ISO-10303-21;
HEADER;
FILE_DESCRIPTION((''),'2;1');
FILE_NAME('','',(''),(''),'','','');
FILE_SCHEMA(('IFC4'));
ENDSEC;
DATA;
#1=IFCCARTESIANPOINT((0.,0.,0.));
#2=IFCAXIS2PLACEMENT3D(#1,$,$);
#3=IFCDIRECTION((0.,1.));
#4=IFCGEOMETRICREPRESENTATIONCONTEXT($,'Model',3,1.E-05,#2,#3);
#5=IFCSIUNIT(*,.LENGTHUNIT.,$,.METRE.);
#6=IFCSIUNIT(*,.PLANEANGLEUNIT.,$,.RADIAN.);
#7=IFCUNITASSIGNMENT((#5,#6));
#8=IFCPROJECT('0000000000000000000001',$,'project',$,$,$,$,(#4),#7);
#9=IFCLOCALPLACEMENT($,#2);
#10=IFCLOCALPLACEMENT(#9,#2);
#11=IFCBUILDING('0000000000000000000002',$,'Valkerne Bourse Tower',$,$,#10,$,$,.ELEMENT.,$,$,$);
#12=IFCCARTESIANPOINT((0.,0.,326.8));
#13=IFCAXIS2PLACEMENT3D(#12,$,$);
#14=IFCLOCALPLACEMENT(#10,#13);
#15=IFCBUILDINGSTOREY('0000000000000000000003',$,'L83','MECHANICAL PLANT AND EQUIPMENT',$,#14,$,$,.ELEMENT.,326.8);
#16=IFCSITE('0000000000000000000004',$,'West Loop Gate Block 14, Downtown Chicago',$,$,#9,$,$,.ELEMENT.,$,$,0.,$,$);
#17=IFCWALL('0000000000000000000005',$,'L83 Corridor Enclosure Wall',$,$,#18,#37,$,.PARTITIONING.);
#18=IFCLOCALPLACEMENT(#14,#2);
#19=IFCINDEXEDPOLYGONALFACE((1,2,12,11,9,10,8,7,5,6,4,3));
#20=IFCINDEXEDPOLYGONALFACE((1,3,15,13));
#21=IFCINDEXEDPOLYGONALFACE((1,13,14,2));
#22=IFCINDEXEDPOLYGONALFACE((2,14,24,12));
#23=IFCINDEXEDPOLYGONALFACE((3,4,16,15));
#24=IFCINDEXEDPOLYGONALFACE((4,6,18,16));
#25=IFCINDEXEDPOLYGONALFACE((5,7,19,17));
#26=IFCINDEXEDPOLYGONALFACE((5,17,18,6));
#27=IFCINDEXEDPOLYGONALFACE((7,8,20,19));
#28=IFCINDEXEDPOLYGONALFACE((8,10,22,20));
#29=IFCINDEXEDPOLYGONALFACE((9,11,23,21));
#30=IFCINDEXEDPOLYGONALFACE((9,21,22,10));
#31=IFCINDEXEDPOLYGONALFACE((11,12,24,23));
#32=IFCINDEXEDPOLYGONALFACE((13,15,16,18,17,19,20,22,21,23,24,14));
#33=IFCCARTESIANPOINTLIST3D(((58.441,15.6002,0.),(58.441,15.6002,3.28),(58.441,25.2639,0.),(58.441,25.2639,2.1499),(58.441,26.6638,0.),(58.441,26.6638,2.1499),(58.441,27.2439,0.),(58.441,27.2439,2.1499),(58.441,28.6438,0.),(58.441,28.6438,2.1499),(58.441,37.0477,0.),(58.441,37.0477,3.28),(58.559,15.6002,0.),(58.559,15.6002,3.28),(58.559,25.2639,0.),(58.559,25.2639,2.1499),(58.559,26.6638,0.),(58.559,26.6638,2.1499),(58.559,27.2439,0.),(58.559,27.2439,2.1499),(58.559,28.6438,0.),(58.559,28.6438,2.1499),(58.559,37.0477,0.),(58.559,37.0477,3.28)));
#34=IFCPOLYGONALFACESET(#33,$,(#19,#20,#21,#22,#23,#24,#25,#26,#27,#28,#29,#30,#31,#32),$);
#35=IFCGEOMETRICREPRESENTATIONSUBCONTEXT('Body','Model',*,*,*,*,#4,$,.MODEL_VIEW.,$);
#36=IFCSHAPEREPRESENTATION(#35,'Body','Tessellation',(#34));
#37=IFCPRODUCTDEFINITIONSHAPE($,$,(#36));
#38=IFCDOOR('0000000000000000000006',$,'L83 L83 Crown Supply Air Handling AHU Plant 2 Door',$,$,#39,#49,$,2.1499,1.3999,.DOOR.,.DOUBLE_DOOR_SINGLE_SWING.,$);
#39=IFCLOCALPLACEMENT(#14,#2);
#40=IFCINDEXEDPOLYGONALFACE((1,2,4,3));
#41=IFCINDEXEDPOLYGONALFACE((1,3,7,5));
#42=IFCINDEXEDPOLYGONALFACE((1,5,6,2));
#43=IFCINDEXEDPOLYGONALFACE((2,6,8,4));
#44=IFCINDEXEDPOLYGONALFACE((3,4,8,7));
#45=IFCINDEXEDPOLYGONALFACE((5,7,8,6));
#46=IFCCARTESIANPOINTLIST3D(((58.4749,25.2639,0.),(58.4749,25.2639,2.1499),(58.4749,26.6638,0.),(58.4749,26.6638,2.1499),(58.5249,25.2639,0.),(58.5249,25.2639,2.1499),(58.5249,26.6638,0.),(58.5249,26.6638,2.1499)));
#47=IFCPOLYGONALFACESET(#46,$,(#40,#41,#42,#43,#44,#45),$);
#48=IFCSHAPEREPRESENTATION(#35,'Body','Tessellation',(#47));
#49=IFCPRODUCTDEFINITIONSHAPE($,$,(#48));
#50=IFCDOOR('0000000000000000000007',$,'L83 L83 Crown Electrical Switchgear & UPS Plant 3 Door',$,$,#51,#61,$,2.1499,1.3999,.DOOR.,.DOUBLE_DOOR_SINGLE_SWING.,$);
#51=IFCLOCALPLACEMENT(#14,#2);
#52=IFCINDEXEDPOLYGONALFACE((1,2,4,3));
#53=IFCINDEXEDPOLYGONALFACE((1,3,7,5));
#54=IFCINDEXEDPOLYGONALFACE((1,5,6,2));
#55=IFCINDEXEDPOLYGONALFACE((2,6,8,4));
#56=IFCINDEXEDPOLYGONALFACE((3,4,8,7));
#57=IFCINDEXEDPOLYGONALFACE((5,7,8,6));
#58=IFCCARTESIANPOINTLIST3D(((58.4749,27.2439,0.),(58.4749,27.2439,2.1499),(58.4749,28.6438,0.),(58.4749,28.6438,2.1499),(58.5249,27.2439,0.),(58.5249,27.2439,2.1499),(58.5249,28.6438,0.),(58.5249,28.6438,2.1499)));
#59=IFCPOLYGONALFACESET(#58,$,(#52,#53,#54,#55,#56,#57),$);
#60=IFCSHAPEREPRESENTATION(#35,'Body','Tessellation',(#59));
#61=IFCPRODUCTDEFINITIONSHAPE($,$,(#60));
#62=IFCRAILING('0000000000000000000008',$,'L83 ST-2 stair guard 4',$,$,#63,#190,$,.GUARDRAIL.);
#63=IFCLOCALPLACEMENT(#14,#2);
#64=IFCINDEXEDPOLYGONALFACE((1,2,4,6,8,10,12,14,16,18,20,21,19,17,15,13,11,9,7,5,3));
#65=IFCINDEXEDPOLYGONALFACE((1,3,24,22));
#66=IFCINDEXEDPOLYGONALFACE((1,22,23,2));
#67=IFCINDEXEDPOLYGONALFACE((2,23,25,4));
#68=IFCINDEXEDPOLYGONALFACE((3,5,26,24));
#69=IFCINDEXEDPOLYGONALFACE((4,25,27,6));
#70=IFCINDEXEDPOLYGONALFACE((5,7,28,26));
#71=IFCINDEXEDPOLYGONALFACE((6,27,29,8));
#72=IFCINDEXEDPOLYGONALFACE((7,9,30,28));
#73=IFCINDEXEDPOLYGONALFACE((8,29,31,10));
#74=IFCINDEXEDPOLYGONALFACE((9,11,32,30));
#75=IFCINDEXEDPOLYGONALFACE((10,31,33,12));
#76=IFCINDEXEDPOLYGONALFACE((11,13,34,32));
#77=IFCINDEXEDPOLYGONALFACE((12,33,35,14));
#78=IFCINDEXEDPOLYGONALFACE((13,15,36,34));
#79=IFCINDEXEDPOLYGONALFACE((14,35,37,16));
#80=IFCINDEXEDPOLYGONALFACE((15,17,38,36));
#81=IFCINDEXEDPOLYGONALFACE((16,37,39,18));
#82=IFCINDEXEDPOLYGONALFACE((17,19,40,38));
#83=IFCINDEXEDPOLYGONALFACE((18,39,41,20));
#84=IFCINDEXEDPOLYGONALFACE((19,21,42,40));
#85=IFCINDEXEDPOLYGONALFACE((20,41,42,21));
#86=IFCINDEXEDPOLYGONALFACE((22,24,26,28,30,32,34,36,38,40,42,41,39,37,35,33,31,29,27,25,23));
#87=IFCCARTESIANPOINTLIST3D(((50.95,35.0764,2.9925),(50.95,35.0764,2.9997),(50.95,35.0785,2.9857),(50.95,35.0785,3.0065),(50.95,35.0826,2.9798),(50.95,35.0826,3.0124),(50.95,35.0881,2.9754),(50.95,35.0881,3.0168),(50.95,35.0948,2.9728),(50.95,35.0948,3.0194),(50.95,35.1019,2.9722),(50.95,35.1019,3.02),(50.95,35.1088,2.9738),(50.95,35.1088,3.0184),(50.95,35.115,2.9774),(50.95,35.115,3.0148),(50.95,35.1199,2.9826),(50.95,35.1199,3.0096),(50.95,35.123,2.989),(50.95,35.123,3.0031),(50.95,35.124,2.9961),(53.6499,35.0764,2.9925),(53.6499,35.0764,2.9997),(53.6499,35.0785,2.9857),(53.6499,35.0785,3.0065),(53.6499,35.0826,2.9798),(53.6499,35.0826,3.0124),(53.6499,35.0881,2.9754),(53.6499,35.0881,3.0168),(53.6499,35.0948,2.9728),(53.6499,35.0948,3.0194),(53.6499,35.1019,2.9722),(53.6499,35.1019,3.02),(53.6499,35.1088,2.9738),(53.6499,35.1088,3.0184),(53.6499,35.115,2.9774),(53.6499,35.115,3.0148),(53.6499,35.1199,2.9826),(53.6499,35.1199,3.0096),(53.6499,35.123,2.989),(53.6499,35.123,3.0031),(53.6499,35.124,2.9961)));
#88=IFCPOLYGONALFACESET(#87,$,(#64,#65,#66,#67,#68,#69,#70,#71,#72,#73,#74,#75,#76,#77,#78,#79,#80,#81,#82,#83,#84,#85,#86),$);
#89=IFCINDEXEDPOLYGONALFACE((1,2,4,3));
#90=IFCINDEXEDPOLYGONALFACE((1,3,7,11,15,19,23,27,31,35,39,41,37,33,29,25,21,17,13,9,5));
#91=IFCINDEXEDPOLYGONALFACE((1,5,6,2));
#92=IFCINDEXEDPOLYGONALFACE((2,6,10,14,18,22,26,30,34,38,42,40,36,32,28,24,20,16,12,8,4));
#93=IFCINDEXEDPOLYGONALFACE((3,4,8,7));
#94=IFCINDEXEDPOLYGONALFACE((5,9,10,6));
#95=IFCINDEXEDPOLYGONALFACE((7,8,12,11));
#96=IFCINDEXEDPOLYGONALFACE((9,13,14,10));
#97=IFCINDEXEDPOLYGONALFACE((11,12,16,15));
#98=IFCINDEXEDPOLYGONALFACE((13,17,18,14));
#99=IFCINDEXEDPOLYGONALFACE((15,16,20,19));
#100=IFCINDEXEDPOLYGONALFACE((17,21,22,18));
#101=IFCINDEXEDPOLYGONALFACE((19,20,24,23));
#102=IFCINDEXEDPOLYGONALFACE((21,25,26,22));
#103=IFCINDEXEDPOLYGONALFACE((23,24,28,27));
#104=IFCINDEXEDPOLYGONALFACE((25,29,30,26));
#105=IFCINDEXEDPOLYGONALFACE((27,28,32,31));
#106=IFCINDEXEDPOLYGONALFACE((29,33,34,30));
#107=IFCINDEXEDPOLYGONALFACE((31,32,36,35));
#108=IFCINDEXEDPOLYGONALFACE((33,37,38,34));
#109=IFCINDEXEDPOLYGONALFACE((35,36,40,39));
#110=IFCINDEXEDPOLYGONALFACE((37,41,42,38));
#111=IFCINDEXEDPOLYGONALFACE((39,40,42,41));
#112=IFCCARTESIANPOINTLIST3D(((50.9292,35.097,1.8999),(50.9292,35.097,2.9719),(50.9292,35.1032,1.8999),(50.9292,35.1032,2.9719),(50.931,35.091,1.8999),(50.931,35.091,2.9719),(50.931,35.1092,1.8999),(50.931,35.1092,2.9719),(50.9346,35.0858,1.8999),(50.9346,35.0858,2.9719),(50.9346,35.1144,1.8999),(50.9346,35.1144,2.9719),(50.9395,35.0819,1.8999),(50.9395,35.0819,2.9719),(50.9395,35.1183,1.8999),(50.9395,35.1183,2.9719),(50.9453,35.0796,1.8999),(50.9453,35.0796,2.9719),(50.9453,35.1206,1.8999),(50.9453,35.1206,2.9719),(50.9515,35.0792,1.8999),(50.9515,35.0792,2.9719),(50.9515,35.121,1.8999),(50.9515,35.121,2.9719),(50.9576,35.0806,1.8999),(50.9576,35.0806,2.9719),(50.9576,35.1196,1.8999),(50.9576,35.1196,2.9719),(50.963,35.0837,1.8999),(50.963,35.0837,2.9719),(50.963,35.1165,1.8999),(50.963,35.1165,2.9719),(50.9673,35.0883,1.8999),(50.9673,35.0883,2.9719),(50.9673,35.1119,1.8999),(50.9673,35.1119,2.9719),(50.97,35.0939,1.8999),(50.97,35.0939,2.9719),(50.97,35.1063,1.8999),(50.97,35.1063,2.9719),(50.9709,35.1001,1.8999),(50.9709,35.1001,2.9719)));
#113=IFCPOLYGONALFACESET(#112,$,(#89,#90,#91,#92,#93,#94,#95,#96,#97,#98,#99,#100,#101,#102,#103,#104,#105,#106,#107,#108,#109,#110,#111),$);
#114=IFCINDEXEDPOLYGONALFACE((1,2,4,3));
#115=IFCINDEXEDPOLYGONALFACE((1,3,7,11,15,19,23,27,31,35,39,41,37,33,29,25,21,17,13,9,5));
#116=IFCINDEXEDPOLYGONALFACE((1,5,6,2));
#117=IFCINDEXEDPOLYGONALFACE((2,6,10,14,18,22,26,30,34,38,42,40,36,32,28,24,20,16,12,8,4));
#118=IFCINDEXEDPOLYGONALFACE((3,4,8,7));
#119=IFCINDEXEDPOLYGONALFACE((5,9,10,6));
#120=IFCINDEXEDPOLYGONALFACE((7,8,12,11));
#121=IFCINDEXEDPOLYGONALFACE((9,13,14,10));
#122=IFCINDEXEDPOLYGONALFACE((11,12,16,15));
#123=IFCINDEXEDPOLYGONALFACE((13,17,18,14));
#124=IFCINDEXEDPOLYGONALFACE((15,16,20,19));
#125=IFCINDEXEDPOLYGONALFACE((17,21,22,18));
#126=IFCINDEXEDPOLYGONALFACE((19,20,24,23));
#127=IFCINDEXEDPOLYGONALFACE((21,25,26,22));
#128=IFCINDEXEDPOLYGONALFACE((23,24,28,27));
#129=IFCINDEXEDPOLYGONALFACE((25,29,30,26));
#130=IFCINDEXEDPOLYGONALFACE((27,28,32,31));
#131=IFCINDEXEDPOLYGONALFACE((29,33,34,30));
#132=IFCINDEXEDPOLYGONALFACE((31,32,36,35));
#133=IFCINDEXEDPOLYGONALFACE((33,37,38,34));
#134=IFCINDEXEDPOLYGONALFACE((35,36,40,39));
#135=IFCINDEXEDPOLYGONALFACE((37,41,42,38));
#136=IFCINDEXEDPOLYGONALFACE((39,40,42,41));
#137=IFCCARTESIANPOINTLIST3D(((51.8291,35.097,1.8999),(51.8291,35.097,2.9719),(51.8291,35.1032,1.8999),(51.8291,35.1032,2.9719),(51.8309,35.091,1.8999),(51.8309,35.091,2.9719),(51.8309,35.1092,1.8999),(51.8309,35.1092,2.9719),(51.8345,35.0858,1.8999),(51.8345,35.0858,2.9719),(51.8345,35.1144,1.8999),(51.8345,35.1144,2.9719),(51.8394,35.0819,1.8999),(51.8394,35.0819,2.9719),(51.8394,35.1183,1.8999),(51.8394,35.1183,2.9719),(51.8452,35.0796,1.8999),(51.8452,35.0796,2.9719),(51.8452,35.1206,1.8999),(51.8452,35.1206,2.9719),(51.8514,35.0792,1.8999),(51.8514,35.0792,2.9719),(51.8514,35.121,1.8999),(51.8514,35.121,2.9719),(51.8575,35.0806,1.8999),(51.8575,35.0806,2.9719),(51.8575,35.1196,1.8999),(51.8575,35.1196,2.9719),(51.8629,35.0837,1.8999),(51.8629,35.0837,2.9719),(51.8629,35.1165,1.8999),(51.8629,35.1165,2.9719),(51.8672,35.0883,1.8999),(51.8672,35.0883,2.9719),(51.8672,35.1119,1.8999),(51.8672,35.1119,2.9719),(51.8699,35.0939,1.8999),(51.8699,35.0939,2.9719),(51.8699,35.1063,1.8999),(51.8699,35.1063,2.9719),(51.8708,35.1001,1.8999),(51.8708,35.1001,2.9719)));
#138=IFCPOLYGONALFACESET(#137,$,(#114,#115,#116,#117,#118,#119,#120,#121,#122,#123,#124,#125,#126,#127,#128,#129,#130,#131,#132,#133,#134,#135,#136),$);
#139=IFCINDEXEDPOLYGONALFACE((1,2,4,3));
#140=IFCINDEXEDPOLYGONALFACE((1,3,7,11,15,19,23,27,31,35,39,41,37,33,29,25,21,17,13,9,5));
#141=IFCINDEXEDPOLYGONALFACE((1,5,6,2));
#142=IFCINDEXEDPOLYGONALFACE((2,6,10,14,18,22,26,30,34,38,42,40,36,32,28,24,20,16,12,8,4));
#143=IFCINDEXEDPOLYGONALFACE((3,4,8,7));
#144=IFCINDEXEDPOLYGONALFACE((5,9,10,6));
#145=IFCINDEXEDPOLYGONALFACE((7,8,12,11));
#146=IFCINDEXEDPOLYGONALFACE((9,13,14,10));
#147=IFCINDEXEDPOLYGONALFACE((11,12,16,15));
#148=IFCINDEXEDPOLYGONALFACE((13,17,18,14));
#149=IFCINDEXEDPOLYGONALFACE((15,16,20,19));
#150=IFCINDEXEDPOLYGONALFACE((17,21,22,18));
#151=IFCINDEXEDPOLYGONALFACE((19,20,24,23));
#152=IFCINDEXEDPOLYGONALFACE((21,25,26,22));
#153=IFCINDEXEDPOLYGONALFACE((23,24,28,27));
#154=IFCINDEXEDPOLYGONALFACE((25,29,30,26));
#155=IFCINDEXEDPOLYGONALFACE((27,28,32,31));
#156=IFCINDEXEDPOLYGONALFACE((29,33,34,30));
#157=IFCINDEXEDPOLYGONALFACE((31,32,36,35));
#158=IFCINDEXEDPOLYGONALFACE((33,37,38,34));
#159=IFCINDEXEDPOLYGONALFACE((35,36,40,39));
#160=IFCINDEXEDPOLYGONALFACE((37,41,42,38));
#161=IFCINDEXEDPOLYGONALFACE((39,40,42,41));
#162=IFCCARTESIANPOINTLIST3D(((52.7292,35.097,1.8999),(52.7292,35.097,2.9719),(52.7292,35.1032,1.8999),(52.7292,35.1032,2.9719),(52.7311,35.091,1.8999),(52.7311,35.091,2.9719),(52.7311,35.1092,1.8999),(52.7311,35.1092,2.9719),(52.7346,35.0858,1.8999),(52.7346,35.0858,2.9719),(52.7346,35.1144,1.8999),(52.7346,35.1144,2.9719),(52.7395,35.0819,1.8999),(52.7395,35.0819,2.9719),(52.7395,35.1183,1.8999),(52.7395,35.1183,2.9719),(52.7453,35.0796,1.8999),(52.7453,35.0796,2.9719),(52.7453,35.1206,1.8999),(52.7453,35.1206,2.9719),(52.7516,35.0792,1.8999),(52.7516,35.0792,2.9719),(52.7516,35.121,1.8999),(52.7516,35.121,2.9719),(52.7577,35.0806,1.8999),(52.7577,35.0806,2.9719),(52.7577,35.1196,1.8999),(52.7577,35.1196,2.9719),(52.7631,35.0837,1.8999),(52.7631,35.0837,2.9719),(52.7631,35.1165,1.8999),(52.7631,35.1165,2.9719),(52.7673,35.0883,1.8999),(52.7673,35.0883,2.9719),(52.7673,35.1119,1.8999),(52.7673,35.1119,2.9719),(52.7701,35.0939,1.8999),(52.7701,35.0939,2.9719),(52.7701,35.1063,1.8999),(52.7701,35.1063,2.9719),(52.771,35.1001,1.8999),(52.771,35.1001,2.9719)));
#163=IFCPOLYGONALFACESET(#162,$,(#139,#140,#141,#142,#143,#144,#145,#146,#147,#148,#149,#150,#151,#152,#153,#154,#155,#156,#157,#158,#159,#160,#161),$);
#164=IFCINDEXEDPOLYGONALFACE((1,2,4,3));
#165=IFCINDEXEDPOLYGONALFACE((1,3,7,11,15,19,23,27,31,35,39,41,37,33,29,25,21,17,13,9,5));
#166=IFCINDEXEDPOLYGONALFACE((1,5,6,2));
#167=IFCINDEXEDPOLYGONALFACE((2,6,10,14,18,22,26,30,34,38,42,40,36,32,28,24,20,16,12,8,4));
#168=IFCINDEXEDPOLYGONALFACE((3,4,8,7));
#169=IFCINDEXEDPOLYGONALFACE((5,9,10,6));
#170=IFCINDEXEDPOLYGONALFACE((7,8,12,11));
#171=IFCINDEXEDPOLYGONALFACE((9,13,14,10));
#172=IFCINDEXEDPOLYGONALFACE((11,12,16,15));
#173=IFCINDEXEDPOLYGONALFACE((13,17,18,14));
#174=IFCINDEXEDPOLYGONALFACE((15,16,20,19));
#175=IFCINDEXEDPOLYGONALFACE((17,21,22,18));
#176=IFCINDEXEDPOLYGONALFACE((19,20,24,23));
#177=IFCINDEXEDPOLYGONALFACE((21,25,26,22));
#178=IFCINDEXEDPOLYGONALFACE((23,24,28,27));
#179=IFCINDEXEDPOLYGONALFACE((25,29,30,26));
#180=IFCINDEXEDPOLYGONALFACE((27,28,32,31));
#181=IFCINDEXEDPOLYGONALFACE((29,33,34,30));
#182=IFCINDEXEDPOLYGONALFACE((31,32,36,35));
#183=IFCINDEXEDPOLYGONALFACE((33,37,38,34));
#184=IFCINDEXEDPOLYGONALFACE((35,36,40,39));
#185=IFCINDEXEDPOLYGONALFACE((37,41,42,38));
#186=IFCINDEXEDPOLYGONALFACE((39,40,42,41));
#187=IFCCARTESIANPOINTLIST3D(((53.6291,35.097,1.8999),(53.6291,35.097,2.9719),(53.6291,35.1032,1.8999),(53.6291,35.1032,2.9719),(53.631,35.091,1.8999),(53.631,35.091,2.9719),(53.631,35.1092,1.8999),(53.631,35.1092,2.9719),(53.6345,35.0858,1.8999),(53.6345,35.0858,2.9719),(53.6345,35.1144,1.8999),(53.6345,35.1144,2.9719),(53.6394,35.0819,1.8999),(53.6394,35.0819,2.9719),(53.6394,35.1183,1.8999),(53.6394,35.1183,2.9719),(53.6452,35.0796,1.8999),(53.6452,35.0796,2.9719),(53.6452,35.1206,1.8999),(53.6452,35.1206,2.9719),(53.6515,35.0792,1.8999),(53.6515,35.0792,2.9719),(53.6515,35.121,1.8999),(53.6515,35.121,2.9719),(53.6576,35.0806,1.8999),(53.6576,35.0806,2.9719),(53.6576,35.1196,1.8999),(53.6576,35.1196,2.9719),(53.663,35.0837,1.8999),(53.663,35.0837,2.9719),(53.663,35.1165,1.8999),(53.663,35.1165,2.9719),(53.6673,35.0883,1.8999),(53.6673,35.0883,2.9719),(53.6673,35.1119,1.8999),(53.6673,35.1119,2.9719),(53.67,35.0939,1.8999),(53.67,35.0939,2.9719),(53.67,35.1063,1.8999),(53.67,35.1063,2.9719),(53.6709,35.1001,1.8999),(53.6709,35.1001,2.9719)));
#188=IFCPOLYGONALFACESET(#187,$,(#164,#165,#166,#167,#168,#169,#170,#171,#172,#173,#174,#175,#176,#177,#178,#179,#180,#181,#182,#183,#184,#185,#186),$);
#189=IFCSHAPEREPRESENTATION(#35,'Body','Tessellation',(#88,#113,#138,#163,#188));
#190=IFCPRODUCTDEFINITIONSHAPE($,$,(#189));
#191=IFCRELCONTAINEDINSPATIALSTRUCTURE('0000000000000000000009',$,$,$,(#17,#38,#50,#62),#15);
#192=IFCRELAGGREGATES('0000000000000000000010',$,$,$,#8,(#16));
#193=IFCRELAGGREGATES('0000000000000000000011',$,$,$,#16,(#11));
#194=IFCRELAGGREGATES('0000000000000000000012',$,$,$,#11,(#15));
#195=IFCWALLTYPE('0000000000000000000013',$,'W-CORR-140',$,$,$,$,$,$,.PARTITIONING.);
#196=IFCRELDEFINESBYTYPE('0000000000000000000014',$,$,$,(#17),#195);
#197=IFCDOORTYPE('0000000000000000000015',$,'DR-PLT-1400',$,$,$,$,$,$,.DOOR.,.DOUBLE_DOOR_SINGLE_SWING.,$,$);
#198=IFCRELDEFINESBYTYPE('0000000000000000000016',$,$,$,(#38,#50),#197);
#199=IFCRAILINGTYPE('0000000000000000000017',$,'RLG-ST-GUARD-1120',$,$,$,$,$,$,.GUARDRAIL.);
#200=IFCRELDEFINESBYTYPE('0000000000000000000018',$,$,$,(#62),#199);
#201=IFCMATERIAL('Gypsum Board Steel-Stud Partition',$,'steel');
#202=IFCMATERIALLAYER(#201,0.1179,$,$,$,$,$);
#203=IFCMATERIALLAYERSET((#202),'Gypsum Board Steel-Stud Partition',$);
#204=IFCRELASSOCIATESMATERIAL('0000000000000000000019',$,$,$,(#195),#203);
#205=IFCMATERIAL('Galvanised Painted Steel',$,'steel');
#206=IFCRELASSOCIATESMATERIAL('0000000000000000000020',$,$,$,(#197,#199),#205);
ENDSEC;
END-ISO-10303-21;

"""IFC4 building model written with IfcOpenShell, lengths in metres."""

from ifc_helpers import new_model, si_unit, direction, frame, frame_2d, origin, origin_2d, place, context, subcontext, project, spatial, rectangle, circle, extrude, material, layer, layer_set, type_object, element, fill, save


model = new_model("IFC4")

# Units and contexts
model_context = context("Model", 3, precision=1e-05, world=origin(), true_north=direction((0.0, 1.0)))
body_context = subcontext(model_context, "Body", "Model", "MODEL_VIEW")
ifc_project = project(units=[si_unit("LENGTHUNIT", "METRE"), si_unit("PLANEANGLEUNIT", "RADIAN")], contexts=[model_context])

# Site, building, storey
site_placement = place(None, origin())
site = spatial("IfcSite", under=ifc_project, at=site_placement, Name="West Loop Gate Block 14, Downtown Chicago", CompositionType="ELEMENT", RefElevation=0.0)
building_placement = place(site_placement, origin())
building = spatial("IfcBuilding", under=site, at=building_placement, Name="Valkerne Bourse Tower", CompositionType="ELEMENT")
storey_placement = place(building_placement, frame((0.0, 0.0, 326.8)))
storey = spatial("IfcBuildingStorey", under=building, at=storey_placement, Name="L83", Description="MECHANICAL PLANT AND EQUIPMENT", CompositionType="ELEMENT", Elevation=326.8)

# Shared definitions
ifc_material_1 = material(Name="Gypsum Board Steel-Stud Partition", Category="steel")
ifc_layer_1 = layer(ifc_material_1, 0.1179)
ifc_layer_set_1 = layer_set([ifc_layer_1], Name="Gypsum Board Steel-Stud Partition")
wall_type = type_object("IfcWallType", Name="W-CORR-140", PredefinedType="PARTITIONING", material=ifc_layer_set_1)

# Wall, openings, doors
wall_1_placement = place(storey_placement, frame((58.5, 37.0476, 0.0), z_axis=(0.0, 0.0, 1.0), x_axis=(0.0, -1.0, 0.0)))
wall_1 = element("IfcWall", 1, at=wall_1_placement, inside=storey, type_object=wall_type, Name="L83 Corridor Enclosure Wall", PredefinedType="PARTITIONING", context=body_context, shape_type="SweptSolid", body=[
    extrude(rectangle(XDim=21.4475, YDim=0.1179, at=frame_2d((10.7236, 0.0))), origin(), (0.0, 0.0, 1.0), 3.28),
])
opening_1_placement = place(wall_1_placement, frame((10.3838, 0.0, 0.0)))
opening_1 = element("IfcOpeningElement", 2, at=opening_1_placement, cuts=wall_1, PredefinedType="OPENING", context=body_context, shape_type="SweptSolid", body=[
    extrude(rectangle(XDim=1.3999, YDim=2.1499, at=frame_2d((0.7, 1.075))), frame((0.0, 0.0688, 0.0), z_axis=(0.0, -1.0, 0.0), x_axis=(1.0, 0.0, 0.0)), (0.0, 0.0, 1.0), 0.1379),
])
opening_2_placement = place(wall_1_placement, frame((8.4038, 0.0, 0.0)))
opening_2 = element("IfcOpeningElement", 3, at=opening_2_placement, cuts=wall_1, PredefinedType="OPENING", context=body_context, shape_type="SweptSolid", body=[
    extrude(rectangle(XDim=1.3999, YDim=2.1499, at=frame_2d((0.7, 1.075))), frame((0.0, 0.0688, 0.0), z_axis=(0.0, -1.0, 0.0), x_axis=(1.0, 0.0, 0.0)), (0.0, 0.0, 1.0), 0.1379),
])
ifc_material_2 = material(Name="Galvanised Painted Steel", Category="steel")
door_type = type_object("IfcDoorType", Name="DR-PLT-1400", OperationType="DOUBLE_DOOR_SINGLE_SWING", PredefinedType="DOOR", material=ifc_material_2)
door_1_placement = place(opening_1_placement, origin())
door_1 = element("IfcDoor", 4, at=door_1_placement, inside=storey, type_object=door_type, Name="L83 L83 Crown Supply Air Handling AHU Plant 2 Door", OperationType="DOUBLE_DOOR_SINGLE_SWING", OverallHeight=2.1499, OverallWidth=1.3999, PredefinedType="DOOR", context=body_context, shape_type="SweptSolid", body=[
    extrude(rectangle(XDim=1.3999, YDim=2.1499, at=frame_2d((0.7, 1.075))), frame((0.0, 0.0249, 0.0), z_axis=(0.0, -1.0, 0.0), x_axis=(1.0, 0.0, 0.0)), (0.0, 0.0, 1.0), 0.05),
])
fill(opening_1, door_1)
door_2_placement = place(opening_2_placement, origin())
door_2 = element("IfcDoor", 5, at=door_2_placement, inside=storey, type_object=door_type, Name="L83 L83 Crown Electrical Switchgear & UPS Plant 3 Door", OperationType="DOUBLE_DOOR_SINGLE_SWING", OverallHeight=2.1499, OverallWidth=1.3999, PredefinedType="DOOR", context=body_context, shape_type="SweptSolid", body=[
    extrude(rectangle(XDim=1.3999, YDim=2.1499, at=frame_2d((0.7, 1.075))), frame((0.0, 0.0249, 0.0), z_axis=(0.0, -1.0, 0.0), x_axis=(1.0, 0.0, 0.0)), (0.0, 0.0, 1.0), 0.05),
])
fill(opening_2, door_2)

# Railing
railing_type_1 = type_object("IfcRailingType", Name="RLG-ST-GUARD-1120", PredefinedType="GUARDRAIL", material=ifc_material_2)
railing_1_placement = place(storey_placement, frame((50.95, 35.1001, 1.8999)))
element("IfcRailing", 6, at=railing_1_placement, inside=storey, type_object=railing_type_1, Name="L83 ST-2 stair guard 4", PredefinedType="GUARDRAIL", context=body_context, shape_type="SweptSolid", body=[
    extrude(circle(Radius=0.0239, at=origin_2d()), frame((0.0, 0.0, 1.0962), z_axis=(1.0, 0.0, 0.0), x_axis=(0.0, 1.0, 0.0)), (0.0, 0.0, 1.0), 2.7),
    extrude(circle(Radius=0.021, at=origin_2d()), origin(), (0.0, 0.0, 1.0), 1.072),
    extrude(circle(Radius=0.021, at=origin_2d()), frame((0.8999, 0.0, 0.0)), (0.0, 0.0, 1.0), 1.072),
    extrude(circle(Radius=0.021, at=origin_2d()), frame((1.8, 0.0, 0.0)), (0.0, 0.0, 1.0), 1.072),
    extrude(circle(Radius=0.021, at=origin_2d()), frame((2.7, 0.0, 0.0)), (0.0, 0.0, 1.0), 1.072),
])

save(model, "model.ifc")
